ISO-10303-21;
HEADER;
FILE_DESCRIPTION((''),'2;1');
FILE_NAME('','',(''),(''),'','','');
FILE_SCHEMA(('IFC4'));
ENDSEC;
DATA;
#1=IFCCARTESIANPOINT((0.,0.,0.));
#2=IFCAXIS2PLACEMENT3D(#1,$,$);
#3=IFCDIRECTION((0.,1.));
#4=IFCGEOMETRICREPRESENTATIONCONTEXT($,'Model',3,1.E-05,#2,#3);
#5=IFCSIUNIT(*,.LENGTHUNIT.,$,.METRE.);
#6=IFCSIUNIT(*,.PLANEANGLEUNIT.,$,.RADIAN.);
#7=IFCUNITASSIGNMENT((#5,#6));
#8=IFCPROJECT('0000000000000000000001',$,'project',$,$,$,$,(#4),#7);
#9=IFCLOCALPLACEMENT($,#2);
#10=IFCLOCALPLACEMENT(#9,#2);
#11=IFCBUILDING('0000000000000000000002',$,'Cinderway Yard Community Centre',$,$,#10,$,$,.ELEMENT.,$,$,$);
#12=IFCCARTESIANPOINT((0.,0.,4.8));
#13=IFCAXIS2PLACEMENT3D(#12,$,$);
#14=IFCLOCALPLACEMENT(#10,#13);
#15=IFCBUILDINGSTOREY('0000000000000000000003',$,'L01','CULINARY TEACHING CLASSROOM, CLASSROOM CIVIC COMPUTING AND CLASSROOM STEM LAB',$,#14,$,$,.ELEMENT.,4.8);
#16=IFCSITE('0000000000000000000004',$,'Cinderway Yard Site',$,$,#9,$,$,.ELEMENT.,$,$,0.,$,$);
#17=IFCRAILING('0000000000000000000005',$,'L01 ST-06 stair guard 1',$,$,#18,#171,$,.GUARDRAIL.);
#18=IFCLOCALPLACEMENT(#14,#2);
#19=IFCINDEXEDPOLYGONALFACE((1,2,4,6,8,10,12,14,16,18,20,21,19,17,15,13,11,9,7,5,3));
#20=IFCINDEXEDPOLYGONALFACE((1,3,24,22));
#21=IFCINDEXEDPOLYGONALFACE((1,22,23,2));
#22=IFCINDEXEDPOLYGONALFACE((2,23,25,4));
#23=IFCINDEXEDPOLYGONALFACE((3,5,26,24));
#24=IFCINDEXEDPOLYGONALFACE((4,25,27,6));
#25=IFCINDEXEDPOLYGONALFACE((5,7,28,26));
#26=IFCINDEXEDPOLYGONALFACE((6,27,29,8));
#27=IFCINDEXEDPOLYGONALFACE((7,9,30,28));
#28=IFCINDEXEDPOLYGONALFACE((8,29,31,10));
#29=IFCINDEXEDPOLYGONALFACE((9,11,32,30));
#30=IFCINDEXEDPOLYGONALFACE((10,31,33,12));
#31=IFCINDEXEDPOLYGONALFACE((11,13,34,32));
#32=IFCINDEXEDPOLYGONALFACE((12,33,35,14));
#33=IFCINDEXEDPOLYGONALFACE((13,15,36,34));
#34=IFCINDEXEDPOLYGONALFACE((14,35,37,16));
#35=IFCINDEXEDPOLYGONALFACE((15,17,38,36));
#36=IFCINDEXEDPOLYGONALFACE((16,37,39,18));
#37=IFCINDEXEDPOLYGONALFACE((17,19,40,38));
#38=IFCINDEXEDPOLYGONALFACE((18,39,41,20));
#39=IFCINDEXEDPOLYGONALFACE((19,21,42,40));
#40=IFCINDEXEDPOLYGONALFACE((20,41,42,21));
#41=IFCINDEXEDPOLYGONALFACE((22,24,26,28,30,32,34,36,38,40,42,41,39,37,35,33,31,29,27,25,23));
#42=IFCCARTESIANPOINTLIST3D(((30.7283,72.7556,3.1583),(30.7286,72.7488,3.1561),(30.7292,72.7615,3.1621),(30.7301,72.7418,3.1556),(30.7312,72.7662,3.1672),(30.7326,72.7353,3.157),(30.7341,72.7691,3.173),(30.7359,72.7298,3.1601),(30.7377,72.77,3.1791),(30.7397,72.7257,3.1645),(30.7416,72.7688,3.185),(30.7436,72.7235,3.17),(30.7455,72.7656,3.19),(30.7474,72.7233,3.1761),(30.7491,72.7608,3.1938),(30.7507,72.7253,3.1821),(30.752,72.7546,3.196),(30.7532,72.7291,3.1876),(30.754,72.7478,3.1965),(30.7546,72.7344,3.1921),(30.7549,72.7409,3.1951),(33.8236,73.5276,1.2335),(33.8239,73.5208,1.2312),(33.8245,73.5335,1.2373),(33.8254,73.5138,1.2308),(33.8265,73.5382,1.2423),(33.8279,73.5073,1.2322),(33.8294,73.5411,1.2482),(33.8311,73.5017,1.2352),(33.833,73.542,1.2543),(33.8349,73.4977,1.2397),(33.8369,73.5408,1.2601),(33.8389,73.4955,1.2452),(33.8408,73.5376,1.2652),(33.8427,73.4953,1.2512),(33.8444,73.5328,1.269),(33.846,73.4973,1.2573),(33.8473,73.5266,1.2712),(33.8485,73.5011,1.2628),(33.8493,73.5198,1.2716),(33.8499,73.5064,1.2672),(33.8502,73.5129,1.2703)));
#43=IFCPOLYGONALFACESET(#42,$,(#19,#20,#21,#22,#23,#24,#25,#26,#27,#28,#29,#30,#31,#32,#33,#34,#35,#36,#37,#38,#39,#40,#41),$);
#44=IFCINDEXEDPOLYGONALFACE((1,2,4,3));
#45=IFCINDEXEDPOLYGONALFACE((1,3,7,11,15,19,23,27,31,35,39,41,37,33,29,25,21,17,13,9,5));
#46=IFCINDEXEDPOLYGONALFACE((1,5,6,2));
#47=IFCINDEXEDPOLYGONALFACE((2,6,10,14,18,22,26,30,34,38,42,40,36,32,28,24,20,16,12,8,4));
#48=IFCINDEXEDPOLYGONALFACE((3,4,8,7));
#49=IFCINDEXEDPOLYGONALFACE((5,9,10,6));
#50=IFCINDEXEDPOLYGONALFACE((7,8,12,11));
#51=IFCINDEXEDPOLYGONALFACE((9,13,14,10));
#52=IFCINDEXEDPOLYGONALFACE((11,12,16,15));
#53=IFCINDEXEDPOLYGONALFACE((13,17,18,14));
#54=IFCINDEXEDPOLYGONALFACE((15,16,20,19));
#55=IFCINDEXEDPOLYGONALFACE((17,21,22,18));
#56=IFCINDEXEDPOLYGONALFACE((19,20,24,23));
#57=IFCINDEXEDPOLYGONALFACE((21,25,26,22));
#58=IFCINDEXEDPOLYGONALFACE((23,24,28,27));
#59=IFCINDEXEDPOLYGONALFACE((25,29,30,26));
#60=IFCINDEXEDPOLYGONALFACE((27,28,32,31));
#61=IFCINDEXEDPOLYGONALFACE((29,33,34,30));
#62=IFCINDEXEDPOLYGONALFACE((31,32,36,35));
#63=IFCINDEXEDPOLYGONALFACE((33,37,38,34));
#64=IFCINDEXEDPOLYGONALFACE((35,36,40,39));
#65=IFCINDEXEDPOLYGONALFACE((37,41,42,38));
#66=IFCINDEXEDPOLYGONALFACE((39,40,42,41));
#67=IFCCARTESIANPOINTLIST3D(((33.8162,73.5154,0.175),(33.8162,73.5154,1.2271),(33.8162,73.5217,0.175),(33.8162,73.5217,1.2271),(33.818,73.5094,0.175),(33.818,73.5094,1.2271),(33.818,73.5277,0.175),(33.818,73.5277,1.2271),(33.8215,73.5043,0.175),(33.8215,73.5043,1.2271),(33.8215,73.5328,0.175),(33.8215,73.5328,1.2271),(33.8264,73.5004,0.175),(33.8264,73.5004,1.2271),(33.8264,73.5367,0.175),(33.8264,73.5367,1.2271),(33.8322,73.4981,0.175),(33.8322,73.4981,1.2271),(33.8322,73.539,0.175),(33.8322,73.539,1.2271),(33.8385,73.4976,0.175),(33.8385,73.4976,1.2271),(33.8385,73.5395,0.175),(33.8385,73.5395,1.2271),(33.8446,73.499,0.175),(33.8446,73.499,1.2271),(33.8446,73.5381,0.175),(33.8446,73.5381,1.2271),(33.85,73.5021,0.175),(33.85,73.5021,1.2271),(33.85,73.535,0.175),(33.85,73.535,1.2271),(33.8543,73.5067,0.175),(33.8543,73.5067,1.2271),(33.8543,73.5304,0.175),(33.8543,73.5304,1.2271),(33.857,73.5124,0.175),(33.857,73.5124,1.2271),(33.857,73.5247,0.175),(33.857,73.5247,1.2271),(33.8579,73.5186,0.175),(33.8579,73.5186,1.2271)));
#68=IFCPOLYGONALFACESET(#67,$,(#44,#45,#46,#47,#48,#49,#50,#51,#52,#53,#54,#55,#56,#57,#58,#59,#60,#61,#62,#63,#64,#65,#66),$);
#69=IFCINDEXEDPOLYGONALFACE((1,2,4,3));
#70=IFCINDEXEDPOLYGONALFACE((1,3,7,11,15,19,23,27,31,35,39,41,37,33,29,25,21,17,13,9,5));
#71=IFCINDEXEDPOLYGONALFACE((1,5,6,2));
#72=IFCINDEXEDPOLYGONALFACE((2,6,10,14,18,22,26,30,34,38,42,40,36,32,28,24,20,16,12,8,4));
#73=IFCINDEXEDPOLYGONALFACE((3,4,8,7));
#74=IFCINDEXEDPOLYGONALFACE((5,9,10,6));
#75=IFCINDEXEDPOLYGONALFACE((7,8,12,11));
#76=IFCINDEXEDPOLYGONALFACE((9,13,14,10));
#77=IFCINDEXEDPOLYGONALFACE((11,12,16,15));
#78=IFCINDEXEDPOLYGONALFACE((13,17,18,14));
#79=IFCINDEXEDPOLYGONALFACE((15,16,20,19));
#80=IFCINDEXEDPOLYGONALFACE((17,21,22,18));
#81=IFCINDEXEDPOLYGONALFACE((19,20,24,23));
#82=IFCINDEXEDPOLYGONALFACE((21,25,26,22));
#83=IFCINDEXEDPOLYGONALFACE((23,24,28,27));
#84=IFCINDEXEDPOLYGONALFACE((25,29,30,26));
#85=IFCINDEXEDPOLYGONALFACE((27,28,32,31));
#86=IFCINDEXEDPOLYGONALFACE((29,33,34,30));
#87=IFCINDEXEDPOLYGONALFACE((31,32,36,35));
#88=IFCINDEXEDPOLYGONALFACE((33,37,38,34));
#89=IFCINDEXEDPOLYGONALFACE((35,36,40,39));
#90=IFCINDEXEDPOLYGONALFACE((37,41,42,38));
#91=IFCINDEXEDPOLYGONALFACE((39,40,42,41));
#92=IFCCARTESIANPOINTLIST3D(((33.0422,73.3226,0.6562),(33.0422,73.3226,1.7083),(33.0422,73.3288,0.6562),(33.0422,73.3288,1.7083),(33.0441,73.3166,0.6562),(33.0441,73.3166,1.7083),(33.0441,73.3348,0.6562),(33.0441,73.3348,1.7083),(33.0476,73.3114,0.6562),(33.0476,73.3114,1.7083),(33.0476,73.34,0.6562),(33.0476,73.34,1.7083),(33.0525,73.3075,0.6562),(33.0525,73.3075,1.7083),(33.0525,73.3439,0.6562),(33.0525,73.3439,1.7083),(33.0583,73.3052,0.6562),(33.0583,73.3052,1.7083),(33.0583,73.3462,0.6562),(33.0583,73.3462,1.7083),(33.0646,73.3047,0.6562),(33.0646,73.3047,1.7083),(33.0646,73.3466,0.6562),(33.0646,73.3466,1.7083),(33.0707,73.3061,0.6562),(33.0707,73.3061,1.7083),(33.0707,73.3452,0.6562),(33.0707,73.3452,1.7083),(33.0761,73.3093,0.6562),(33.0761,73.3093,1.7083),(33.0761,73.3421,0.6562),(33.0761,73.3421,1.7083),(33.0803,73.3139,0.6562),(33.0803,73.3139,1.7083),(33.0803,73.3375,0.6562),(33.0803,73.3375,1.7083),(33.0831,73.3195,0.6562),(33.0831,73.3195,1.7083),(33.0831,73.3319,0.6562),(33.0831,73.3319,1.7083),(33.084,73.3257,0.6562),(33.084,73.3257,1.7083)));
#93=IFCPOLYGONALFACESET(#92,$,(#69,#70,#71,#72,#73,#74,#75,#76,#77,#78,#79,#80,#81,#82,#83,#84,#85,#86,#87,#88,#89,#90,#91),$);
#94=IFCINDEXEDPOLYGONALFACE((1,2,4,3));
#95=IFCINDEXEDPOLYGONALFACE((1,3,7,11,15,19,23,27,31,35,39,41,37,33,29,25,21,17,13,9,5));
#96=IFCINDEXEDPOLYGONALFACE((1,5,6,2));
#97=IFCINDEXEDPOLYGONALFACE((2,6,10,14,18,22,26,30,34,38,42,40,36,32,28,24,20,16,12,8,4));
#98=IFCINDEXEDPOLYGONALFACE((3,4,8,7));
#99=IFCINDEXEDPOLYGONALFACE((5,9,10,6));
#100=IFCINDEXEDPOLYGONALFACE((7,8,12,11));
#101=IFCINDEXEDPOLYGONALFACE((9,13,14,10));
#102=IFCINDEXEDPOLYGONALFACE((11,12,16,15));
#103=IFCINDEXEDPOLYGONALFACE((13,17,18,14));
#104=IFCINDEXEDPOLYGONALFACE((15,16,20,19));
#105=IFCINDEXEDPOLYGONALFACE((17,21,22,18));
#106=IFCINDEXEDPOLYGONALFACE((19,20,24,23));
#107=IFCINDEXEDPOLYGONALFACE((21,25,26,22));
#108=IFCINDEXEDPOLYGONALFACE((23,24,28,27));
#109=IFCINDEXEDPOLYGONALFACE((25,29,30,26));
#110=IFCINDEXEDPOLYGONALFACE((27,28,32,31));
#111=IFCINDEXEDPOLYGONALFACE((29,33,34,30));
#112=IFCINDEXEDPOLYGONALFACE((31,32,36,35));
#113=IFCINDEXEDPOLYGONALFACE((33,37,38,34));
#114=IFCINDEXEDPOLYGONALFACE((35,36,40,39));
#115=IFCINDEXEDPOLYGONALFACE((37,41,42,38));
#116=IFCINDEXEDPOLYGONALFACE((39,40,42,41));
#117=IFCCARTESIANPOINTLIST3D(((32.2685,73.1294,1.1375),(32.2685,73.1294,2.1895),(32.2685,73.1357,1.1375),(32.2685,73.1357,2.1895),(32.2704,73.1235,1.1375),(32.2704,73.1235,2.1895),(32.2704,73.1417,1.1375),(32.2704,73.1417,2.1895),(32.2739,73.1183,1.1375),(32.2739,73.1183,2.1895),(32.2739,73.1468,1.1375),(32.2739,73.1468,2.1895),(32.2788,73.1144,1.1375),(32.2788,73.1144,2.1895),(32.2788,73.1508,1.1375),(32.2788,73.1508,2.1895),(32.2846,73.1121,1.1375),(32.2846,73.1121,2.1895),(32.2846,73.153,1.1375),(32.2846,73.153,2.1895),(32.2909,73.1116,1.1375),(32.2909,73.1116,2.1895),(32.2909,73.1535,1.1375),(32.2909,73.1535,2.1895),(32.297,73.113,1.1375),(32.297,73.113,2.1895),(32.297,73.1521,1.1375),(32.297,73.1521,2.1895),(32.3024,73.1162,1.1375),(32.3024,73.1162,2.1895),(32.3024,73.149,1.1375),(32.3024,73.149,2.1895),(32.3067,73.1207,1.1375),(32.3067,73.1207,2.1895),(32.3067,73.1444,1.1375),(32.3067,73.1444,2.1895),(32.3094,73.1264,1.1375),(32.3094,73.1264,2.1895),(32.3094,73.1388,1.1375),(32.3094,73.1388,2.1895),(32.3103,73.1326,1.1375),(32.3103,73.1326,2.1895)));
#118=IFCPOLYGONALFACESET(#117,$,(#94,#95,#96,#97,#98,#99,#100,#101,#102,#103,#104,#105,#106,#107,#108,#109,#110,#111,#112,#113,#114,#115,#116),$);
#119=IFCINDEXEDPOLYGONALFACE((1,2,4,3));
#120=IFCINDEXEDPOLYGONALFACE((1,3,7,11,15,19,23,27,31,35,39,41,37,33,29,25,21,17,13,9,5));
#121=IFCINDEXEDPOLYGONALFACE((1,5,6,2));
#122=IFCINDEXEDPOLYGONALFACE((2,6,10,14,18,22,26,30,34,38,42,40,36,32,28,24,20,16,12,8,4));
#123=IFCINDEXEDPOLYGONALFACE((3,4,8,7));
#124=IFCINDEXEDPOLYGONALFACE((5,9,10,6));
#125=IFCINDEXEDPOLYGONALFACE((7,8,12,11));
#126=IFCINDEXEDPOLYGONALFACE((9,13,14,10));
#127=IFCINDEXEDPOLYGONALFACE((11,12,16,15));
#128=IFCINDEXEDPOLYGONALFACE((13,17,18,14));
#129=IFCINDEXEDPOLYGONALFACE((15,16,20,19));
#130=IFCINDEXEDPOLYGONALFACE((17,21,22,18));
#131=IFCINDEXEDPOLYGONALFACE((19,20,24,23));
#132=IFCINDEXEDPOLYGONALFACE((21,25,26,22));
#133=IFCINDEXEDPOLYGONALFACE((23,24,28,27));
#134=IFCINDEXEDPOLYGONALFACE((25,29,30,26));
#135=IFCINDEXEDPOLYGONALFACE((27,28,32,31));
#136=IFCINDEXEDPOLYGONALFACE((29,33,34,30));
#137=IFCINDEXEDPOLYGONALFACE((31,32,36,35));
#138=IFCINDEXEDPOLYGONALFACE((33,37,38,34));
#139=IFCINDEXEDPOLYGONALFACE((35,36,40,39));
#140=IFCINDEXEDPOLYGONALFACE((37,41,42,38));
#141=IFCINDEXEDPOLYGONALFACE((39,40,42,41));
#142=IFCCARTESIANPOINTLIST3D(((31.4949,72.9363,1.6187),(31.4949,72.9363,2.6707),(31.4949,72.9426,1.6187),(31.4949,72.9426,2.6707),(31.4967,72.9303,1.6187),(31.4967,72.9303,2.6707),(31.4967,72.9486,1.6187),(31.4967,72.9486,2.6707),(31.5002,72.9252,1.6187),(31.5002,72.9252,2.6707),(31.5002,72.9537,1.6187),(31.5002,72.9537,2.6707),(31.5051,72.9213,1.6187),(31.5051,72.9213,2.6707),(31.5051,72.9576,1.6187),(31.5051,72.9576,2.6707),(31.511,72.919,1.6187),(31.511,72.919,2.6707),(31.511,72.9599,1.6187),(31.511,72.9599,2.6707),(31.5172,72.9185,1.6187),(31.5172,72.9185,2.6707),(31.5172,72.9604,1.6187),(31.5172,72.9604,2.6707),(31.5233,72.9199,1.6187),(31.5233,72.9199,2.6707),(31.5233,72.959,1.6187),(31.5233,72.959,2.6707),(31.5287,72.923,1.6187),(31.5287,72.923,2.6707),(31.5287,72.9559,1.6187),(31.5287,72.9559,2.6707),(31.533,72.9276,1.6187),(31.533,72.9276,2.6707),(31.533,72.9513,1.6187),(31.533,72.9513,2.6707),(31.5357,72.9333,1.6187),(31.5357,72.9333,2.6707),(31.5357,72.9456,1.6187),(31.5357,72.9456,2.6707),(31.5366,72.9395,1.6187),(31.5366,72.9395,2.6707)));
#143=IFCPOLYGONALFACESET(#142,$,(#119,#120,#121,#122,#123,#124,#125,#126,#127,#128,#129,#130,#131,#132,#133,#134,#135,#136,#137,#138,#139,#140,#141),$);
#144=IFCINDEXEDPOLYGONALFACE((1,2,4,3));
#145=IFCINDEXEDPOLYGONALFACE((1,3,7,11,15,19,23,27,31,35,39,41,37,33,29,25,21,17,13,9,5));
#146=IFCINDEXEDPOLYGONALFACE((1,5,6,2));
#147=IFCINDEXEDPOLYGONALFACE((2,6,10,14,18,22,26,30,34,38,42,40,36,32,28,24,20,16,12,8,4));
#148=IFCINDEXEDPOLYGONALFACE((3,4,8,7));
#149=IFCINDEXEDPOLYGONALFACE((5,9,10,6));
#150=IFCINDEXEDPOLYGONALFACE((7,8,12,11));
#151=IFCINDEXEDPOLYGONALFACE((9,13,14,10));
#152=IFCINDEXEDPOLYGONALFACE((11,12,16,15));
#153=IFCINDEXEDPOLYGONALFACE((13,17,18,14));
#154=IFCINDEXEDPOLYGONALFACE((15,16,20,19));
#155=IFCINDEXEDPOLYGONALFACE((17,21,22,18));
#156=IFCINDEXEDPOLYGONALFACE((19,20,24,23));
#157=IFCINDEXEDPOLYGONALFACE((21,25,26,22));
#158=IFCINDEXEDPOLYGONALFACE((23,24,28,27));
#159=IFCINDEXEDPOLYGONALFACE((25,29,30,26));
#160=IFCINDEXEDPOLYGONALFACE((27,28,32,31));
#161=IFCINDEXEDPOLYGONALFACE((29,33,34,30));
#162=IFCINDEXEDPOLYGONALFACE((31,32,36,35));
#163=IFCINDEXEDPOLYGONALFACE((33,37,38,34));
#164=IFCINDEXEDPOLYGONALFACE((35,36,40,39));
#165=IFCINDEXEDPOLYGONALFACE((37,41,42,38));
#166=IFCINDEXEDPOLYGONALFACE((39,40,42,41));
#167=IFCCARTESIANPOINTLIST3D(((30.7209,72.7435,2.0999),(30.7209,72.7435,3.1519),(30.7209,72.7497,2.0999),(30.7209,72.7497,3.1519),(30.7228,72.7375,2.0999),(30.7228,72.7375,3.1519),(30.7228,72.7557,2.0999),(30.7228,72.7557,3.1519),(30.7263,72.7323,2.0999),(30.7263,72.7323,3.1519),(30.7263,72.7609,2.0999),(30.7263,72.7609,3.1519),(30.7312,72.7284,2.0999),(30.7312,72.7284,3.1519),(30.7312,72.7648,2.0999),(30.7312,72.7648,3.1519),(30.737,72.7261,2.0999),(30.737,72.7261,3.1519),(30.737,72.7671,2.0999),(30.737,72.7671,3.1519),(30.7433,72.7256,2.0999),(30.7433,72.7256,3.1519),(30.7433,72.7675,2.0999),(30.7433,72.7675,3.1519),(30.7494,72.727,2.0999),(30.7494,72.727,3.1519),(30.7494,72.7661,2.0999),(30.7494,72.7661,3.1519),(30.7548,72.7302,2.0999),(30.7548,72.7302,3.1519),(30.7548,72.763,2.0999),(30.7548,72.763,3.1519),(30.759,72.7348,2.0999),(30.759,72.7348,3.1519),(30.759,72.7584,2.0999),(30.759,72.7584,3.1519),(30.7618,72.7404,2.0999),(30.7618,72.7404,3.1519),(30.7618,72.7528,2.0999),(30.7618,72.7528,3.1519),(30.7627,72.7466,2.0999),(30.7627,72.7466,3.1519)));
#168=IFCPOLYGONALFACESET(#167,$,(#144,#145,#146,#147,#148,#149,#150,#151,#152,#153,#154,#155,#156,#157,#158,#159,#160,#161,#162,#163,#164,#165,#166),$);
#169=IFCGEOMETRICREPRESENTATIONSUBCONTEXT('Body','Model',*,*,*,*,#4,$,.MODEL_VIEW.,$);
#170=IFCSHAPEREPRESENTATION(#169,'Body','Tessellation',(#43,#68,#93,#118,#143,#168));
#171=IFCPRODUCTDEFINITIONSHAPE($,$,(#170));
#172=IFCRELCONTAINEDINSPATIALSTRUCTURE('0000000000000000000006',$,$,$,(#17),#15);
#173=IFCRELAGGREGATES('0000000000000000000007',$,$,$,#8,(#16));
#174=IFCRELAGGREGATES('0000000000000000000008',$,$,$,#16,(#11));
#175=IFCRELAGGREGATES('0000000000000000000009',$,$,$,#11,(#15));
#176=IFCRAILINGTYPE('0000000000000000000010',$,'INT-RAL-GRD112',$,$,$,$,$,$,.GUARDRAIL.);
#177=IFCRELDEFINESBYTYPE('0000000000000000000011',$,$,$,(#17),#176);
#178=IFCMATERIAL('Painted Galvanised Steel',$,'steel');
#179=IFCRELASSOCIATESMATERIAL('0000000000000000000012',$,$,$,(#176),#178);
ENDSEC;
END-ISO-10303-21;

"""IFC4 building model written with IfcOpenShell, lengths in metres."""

from ifc_helpers import new_model, si_unit, direction, frame, origin, origin_2d, place, context, subcontext, project, spatial, circle, extrude, material, type_object, element, save


model = new_model("IFC4")

# Units and contexts
model_context = context("Model", 3, precision=1e-05, world=origin(), true_north=direction((0.0, 1.0)))
body_context = subcontext(model_context, "Body", "Model", "MODEL_VIEW")
ifc_project = project(units=[si_unit("LENGTHUNIT", "METRE"), si_unit("PLANEANGLEUNIT", "RADIAN")], contexts=[model_context])

# Site, building, storey
site_placement = place(None, origin())
site = spatial("IfcSite", under=ifc_project, at=site_placement, Name="Cinderway Yard Site", CompositionType="ELEMENT", RefElevation=0.0)
building_placement = place(site_placement, origin())
building = spatial("IfcBuilding", under=site, at=building_placement, Name="Cinderway Yard Community Centre", CompositionType="ELEMENT")
storey_placement = place(building_placement, frame((0.0, 0.0, 4.8)))
storey = spatial("IfcBuildingStorey", under=building, at=storey_placement, Name="L01", Description="CULINARY TEACHING CLASSROOM, CLASSROOM CIVIC COMPUTING AND CLASSROOM STEM LAB", CompositionType="ELEMENT", Elevation=4.8)

# Railing
ifc_material_1 = material(Name="Painted Galvanised Steel", Category="steel")
railing_type_1 = type_object("IfcRailingType", Name="INT-RAL-GRD112", PredefinedType="GUARDRAIL", material=ifc_material_1)
railing_1_placement = place(storey_placement, frame((33.8369, 73.5186, 0.175)))
element("IfcRailing", 1, at=railing_1_placement, inside=storey, type_object=railing_type_1, Name="L01 ST-06 stair guard 1", PredefinedType="GUARDRAIL", context=body_context, shape_type="SweptSolid", body=[
    extrude(circle(Radius=0.0239, at=origin_2d()), frame((0.0, 0.0, 1.0762), z_axis=(-0.830764, -0.2072, 0.516623), x_axis=(0.241995, -0.970277, 0.0)), (0.0, 0.0, 1.0), 3.7258),
    extrude(circle(Radius=0.021, at=origin_2d()), origin(), (0.0, 0.0, 1.0), 1.052),
    extrude(circle(Radius=0.021, at=origin_2d()), frame((-0.7739, -0.1929, 0.4812)), (0.0, 0.0, 1.0), 1.052),
    extrude(circle(Radius=0.021, at=origin_2d()), frame((-1.5476, -0.386, 0.9624)), (0.0, 0.0, 1.0), 1.052),
    extrude(circle(Radius=0.021, at=origin_2d()), frame((-2.3213, -0.5791, 1.4436)), (0.0, 0.0, 1.0), 1.052),
    extrude(circle(Radius=0.021, at=origin_2d()), frame((-3.0952, -0.772, 1.9248)), (0.0, 0.0, 1.0), 1.052),
])

save(model, "model.ifc")
